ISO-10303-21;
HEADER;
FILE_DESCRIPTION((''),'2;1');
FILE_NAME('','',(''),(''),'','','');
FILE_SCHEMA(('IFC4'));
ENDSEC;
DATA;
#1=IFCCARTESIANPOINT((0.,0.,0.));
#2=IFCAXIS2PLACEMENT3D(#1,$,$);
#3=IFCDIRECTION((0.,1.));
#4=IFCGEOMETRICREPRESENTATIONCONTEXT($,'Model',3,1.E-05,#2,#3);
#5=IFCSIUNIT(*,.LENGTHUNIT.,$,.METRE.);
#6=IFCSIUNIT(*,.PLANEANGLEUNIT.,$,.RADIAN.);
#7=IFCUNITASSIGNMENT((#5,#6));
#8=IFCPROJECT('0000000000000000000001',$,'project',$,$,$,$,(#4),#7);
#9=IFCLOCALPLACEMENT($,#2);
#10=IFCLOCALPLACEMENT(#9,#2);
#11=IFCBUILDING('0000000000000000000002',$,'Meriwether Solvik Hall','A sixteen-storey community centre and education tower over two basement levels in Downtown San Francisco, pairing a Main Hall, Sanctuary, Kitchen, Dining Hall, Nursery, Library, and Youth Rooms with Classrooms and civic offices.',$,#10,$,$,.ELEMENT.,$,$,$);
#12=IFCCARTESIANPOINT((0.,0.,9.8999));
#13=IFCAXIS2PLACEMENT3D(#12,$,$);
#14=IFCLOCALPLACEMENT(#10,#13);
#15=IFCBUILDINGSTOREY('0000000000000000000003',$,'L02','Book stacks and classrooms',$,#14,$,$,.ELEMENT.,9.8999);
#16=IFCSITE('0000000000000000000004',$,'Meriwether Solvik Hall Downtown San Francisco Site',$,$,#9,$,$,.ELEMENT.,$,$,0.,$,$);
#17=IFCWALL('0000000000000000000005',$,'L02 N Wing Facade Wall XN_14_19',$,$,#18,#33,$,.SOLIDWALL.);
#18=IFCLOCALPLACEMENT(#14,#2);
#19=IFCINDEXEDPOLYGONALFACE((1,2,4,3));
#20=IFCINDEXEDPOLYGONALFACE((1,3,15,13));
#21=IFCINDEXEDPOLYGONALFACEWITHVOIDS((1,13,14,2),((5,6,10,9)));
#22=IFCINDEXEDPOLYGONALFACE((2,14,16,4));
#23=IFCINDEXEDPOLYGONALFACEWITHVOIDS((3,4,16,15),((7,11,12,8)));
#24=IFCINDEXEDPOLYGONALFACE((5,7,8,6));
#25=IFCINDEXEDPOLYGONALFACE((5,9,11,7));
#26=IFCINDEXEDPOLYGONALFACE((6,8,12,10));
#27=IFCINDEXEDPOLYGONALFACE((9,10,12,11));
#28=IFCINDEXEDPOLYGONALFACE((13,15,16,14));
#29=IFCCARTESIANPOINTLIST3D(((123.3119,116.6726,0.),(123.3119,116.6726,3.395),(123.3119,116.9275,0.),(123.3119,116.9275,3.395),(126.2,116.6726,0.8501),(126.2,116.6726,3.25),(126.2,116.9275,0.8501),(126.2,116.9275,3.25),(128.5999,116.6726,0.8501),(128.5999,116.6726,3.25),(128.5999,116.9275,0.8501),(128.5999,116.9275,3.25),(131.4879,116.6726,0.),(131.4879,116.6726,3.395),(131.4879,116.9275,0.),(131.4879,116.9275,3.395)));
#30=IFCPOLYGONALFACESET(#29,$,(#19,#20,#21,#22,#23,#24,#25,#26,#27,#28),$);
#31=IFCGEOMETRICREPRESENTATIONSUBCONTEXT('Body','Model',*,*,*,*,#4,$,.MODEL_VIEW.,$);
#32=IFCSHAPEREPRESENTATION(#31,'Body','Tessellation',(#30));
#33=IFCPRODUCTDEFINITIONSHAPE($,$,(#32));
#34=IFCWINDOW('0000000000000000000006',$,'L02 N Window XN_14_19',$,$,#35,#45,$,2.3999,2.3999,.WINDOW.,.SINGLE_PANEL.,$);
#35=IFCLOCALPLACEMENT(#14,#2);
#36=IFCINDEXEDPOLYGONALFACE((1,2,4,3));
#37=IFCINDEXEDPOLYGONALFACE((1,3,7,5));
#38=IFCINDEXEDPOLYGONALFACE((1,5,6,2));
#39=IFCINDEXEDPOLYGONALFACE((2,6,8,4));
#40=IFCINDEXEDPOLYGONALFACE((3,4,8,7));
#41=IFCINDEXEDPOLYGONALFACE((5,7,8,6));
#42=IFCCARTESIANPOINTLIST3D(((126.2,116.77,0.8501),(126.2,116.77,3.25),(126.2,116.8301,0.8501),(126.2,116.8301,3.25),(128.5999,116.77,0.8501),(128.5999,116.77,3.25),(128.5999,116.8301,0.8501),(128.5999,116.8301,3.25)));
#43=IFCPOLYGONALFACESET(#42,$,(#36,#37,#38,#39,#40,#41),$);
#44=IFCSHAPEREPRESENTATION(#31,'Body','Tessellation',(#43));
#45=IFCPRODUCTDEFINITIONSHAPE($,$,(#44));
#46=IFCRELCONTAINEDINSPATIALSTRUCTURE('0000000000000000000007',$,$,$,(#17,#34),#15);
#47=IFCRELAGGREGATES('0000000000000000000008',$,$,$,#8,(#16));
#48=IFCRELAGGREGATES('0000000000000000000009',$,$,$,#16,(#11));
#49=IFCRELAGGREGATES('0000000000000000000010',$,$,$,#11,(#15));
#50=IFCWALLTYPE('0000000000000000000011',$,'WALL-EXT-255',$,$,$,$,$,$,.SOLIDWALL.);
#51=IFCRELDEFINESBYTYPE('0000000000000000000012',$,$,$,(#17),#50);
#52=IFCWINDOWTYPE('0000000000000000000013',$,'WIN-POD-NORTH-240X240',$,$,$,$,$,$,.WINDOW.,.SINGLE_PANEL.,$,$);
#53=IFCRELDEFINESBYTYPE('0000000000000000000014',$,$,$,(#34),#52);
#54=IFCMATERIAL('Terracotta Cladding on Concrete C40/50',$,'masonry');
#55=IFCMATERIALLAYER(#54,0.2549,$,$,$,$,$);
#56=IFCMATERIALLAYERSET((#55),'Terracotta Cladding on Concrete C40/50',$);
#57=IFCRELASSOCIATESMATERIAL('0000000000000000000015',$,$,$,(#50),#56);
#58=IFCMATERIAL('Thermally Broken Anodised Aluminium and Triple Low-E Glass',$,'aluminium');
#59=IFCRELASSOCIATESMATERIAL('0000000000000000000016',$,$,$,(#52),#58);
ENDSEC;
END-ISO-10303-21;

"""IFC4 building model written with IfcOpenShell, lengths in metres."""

from ifc_helpers import new_model, si_unit, direction, frame, frame_2d, origin, place, context, subcontext, project, spatial, rectangle, extrude, material, layer, layer_set, type_object, element, fill, save


model = new_model("IFC4")

# Units and contexts
model_context = context("Model", 3, precision=1e-05, world=origin(), true_north=direction((0.0, 1.0)))
body_context = subcontext(model_context, "Body", "Model", "MODEL_VIEW")
ifc_project = project(units=[si_unit("LENGTHUNIT", "METRE"), si_unit("PLANEANGLEUNIT", "RADIAN")], contexts=[model_context])

# Site, building, storey
site_placement = place(None, origin())
site = spatial("IfcSite", under=ifc_project, at=site_placement, Name="Meriwether Solvik Hall Downtown San Francisco Site", CompositionType="ELEMENT", RefElevation=0.0)
building_placement = place(site_placement, origin())
building = spatial("IfcBuilding", under=site, at=building_placement, Name="Meriwether Solvik Hall", Description="A sixteen-storey community centre and education tower over two basement levels in Downtown San Francisco, pairing a Main Hall, Sanctuary, Kitchen, Dining Hall, Nursery, Library, and Youth Rooms with Classrooms and civic offices.", CompositionType="ELEMENT")
storey_placement = place(building_placement, frame((0.0, 0.0, 9.8999)))
storey = spatial("IfcBuildingStorey", under=building, at=storey_placement, Name="L02", Description="Book stacks and classrooms", CompositionType="ELEMENT", Elevation=9.8999)

# Wall, opening, window
ifc_material_1 = material(Name="Terracotta Cladding on Concrete C40/50", Category="masonry")
ifc_layer_1 = layer(ifc_material_1, 0.2549)
ifc_layer_set_1 = layer_set([ifc_layer_1], Name="Terracotta Cladding on Concrete C40/50")
wall_type = type_object("IfcWallType", Name="WALL-EXT-255", PredefinedType="SOLIDWALL", material=ifc_layer_set_1)
wall_placement = place(storey_placement, frame((123.312, 116.8, 0.0), z_axis=(0.0, 0.0, 1.0), x_axis=(1.0, 0.0, 0.0)))
wall = element("IfcWall", 1, at=wall_placement, inside=storey, type_object=wall_type, Name="L02 N Wing Facade Wall XN_14_19", PredefinedType="SOLIDWALL", context=body_context, shape_type="SweptSolid", body=[
    extrude(rectangle(XDim=8.176, YDim=0.2549, at=frame_2d((4.0879, 0.0))), origin(), (0.0, 0.0, 1.0), 3.395),
])
opening_placement = place(wall_placement, frame((2.8879, 0.0, 0.8501)))
opening = element("IfcOpeningElement", 2, at=opening_placement, cuts=wall, PredefinedType="OPENING", context=body_context, shape_type="SweptSolid", body=[
    extrude(rectangle(XDim=2.3999, YDim=2.3999, at=frame_2d((1.2, 1.2))), frame((0.0, 0.1394, 0.0), z_axis=(0.0, -1.0, 0.0), x_axis=(1.0, 0.0, 0.0)), (0.0, 0.0, 1.0), 0.2788),
])
ifc_material_2 = material(Name="Thermally Broken Anodised Aluminium and Triple Low-E Glass", Category="aluminium")
window_type = type_object("IfcWindowType", Name="WIN-POD-NORTH-240X240", PartitioningType="SINGLE_PANEL", PredefinedType="WINDOW", material=ifc_material_2)
window_placement = place(opening_placement, origin())
window = element("IfcWindow", 3, at=window_placement, inside=storey, type_object=window_type, Name="L02 N Window XN_14_19", OverallHeight=2.3999, OverallWidth=2.3999, PartitioningType="SINGLE_PANEL", PredefinedType="WINDOW", context=body_context, shape_type="SweptSolid", body=[
    extrude(rectangle(XDim=2.3999, YDim=2.3999, at=frame_2d((1.2, 1.2))), frame((0.0, 0.03, 0.0), z_axis=(0.0, -1.0, 0.0), x_axis=(1.0, 0.0, 0.0)), (0.0, 0.0, 1.0), 0.0601),
])
fill(opening, window)

save(model, "model.ifc")
